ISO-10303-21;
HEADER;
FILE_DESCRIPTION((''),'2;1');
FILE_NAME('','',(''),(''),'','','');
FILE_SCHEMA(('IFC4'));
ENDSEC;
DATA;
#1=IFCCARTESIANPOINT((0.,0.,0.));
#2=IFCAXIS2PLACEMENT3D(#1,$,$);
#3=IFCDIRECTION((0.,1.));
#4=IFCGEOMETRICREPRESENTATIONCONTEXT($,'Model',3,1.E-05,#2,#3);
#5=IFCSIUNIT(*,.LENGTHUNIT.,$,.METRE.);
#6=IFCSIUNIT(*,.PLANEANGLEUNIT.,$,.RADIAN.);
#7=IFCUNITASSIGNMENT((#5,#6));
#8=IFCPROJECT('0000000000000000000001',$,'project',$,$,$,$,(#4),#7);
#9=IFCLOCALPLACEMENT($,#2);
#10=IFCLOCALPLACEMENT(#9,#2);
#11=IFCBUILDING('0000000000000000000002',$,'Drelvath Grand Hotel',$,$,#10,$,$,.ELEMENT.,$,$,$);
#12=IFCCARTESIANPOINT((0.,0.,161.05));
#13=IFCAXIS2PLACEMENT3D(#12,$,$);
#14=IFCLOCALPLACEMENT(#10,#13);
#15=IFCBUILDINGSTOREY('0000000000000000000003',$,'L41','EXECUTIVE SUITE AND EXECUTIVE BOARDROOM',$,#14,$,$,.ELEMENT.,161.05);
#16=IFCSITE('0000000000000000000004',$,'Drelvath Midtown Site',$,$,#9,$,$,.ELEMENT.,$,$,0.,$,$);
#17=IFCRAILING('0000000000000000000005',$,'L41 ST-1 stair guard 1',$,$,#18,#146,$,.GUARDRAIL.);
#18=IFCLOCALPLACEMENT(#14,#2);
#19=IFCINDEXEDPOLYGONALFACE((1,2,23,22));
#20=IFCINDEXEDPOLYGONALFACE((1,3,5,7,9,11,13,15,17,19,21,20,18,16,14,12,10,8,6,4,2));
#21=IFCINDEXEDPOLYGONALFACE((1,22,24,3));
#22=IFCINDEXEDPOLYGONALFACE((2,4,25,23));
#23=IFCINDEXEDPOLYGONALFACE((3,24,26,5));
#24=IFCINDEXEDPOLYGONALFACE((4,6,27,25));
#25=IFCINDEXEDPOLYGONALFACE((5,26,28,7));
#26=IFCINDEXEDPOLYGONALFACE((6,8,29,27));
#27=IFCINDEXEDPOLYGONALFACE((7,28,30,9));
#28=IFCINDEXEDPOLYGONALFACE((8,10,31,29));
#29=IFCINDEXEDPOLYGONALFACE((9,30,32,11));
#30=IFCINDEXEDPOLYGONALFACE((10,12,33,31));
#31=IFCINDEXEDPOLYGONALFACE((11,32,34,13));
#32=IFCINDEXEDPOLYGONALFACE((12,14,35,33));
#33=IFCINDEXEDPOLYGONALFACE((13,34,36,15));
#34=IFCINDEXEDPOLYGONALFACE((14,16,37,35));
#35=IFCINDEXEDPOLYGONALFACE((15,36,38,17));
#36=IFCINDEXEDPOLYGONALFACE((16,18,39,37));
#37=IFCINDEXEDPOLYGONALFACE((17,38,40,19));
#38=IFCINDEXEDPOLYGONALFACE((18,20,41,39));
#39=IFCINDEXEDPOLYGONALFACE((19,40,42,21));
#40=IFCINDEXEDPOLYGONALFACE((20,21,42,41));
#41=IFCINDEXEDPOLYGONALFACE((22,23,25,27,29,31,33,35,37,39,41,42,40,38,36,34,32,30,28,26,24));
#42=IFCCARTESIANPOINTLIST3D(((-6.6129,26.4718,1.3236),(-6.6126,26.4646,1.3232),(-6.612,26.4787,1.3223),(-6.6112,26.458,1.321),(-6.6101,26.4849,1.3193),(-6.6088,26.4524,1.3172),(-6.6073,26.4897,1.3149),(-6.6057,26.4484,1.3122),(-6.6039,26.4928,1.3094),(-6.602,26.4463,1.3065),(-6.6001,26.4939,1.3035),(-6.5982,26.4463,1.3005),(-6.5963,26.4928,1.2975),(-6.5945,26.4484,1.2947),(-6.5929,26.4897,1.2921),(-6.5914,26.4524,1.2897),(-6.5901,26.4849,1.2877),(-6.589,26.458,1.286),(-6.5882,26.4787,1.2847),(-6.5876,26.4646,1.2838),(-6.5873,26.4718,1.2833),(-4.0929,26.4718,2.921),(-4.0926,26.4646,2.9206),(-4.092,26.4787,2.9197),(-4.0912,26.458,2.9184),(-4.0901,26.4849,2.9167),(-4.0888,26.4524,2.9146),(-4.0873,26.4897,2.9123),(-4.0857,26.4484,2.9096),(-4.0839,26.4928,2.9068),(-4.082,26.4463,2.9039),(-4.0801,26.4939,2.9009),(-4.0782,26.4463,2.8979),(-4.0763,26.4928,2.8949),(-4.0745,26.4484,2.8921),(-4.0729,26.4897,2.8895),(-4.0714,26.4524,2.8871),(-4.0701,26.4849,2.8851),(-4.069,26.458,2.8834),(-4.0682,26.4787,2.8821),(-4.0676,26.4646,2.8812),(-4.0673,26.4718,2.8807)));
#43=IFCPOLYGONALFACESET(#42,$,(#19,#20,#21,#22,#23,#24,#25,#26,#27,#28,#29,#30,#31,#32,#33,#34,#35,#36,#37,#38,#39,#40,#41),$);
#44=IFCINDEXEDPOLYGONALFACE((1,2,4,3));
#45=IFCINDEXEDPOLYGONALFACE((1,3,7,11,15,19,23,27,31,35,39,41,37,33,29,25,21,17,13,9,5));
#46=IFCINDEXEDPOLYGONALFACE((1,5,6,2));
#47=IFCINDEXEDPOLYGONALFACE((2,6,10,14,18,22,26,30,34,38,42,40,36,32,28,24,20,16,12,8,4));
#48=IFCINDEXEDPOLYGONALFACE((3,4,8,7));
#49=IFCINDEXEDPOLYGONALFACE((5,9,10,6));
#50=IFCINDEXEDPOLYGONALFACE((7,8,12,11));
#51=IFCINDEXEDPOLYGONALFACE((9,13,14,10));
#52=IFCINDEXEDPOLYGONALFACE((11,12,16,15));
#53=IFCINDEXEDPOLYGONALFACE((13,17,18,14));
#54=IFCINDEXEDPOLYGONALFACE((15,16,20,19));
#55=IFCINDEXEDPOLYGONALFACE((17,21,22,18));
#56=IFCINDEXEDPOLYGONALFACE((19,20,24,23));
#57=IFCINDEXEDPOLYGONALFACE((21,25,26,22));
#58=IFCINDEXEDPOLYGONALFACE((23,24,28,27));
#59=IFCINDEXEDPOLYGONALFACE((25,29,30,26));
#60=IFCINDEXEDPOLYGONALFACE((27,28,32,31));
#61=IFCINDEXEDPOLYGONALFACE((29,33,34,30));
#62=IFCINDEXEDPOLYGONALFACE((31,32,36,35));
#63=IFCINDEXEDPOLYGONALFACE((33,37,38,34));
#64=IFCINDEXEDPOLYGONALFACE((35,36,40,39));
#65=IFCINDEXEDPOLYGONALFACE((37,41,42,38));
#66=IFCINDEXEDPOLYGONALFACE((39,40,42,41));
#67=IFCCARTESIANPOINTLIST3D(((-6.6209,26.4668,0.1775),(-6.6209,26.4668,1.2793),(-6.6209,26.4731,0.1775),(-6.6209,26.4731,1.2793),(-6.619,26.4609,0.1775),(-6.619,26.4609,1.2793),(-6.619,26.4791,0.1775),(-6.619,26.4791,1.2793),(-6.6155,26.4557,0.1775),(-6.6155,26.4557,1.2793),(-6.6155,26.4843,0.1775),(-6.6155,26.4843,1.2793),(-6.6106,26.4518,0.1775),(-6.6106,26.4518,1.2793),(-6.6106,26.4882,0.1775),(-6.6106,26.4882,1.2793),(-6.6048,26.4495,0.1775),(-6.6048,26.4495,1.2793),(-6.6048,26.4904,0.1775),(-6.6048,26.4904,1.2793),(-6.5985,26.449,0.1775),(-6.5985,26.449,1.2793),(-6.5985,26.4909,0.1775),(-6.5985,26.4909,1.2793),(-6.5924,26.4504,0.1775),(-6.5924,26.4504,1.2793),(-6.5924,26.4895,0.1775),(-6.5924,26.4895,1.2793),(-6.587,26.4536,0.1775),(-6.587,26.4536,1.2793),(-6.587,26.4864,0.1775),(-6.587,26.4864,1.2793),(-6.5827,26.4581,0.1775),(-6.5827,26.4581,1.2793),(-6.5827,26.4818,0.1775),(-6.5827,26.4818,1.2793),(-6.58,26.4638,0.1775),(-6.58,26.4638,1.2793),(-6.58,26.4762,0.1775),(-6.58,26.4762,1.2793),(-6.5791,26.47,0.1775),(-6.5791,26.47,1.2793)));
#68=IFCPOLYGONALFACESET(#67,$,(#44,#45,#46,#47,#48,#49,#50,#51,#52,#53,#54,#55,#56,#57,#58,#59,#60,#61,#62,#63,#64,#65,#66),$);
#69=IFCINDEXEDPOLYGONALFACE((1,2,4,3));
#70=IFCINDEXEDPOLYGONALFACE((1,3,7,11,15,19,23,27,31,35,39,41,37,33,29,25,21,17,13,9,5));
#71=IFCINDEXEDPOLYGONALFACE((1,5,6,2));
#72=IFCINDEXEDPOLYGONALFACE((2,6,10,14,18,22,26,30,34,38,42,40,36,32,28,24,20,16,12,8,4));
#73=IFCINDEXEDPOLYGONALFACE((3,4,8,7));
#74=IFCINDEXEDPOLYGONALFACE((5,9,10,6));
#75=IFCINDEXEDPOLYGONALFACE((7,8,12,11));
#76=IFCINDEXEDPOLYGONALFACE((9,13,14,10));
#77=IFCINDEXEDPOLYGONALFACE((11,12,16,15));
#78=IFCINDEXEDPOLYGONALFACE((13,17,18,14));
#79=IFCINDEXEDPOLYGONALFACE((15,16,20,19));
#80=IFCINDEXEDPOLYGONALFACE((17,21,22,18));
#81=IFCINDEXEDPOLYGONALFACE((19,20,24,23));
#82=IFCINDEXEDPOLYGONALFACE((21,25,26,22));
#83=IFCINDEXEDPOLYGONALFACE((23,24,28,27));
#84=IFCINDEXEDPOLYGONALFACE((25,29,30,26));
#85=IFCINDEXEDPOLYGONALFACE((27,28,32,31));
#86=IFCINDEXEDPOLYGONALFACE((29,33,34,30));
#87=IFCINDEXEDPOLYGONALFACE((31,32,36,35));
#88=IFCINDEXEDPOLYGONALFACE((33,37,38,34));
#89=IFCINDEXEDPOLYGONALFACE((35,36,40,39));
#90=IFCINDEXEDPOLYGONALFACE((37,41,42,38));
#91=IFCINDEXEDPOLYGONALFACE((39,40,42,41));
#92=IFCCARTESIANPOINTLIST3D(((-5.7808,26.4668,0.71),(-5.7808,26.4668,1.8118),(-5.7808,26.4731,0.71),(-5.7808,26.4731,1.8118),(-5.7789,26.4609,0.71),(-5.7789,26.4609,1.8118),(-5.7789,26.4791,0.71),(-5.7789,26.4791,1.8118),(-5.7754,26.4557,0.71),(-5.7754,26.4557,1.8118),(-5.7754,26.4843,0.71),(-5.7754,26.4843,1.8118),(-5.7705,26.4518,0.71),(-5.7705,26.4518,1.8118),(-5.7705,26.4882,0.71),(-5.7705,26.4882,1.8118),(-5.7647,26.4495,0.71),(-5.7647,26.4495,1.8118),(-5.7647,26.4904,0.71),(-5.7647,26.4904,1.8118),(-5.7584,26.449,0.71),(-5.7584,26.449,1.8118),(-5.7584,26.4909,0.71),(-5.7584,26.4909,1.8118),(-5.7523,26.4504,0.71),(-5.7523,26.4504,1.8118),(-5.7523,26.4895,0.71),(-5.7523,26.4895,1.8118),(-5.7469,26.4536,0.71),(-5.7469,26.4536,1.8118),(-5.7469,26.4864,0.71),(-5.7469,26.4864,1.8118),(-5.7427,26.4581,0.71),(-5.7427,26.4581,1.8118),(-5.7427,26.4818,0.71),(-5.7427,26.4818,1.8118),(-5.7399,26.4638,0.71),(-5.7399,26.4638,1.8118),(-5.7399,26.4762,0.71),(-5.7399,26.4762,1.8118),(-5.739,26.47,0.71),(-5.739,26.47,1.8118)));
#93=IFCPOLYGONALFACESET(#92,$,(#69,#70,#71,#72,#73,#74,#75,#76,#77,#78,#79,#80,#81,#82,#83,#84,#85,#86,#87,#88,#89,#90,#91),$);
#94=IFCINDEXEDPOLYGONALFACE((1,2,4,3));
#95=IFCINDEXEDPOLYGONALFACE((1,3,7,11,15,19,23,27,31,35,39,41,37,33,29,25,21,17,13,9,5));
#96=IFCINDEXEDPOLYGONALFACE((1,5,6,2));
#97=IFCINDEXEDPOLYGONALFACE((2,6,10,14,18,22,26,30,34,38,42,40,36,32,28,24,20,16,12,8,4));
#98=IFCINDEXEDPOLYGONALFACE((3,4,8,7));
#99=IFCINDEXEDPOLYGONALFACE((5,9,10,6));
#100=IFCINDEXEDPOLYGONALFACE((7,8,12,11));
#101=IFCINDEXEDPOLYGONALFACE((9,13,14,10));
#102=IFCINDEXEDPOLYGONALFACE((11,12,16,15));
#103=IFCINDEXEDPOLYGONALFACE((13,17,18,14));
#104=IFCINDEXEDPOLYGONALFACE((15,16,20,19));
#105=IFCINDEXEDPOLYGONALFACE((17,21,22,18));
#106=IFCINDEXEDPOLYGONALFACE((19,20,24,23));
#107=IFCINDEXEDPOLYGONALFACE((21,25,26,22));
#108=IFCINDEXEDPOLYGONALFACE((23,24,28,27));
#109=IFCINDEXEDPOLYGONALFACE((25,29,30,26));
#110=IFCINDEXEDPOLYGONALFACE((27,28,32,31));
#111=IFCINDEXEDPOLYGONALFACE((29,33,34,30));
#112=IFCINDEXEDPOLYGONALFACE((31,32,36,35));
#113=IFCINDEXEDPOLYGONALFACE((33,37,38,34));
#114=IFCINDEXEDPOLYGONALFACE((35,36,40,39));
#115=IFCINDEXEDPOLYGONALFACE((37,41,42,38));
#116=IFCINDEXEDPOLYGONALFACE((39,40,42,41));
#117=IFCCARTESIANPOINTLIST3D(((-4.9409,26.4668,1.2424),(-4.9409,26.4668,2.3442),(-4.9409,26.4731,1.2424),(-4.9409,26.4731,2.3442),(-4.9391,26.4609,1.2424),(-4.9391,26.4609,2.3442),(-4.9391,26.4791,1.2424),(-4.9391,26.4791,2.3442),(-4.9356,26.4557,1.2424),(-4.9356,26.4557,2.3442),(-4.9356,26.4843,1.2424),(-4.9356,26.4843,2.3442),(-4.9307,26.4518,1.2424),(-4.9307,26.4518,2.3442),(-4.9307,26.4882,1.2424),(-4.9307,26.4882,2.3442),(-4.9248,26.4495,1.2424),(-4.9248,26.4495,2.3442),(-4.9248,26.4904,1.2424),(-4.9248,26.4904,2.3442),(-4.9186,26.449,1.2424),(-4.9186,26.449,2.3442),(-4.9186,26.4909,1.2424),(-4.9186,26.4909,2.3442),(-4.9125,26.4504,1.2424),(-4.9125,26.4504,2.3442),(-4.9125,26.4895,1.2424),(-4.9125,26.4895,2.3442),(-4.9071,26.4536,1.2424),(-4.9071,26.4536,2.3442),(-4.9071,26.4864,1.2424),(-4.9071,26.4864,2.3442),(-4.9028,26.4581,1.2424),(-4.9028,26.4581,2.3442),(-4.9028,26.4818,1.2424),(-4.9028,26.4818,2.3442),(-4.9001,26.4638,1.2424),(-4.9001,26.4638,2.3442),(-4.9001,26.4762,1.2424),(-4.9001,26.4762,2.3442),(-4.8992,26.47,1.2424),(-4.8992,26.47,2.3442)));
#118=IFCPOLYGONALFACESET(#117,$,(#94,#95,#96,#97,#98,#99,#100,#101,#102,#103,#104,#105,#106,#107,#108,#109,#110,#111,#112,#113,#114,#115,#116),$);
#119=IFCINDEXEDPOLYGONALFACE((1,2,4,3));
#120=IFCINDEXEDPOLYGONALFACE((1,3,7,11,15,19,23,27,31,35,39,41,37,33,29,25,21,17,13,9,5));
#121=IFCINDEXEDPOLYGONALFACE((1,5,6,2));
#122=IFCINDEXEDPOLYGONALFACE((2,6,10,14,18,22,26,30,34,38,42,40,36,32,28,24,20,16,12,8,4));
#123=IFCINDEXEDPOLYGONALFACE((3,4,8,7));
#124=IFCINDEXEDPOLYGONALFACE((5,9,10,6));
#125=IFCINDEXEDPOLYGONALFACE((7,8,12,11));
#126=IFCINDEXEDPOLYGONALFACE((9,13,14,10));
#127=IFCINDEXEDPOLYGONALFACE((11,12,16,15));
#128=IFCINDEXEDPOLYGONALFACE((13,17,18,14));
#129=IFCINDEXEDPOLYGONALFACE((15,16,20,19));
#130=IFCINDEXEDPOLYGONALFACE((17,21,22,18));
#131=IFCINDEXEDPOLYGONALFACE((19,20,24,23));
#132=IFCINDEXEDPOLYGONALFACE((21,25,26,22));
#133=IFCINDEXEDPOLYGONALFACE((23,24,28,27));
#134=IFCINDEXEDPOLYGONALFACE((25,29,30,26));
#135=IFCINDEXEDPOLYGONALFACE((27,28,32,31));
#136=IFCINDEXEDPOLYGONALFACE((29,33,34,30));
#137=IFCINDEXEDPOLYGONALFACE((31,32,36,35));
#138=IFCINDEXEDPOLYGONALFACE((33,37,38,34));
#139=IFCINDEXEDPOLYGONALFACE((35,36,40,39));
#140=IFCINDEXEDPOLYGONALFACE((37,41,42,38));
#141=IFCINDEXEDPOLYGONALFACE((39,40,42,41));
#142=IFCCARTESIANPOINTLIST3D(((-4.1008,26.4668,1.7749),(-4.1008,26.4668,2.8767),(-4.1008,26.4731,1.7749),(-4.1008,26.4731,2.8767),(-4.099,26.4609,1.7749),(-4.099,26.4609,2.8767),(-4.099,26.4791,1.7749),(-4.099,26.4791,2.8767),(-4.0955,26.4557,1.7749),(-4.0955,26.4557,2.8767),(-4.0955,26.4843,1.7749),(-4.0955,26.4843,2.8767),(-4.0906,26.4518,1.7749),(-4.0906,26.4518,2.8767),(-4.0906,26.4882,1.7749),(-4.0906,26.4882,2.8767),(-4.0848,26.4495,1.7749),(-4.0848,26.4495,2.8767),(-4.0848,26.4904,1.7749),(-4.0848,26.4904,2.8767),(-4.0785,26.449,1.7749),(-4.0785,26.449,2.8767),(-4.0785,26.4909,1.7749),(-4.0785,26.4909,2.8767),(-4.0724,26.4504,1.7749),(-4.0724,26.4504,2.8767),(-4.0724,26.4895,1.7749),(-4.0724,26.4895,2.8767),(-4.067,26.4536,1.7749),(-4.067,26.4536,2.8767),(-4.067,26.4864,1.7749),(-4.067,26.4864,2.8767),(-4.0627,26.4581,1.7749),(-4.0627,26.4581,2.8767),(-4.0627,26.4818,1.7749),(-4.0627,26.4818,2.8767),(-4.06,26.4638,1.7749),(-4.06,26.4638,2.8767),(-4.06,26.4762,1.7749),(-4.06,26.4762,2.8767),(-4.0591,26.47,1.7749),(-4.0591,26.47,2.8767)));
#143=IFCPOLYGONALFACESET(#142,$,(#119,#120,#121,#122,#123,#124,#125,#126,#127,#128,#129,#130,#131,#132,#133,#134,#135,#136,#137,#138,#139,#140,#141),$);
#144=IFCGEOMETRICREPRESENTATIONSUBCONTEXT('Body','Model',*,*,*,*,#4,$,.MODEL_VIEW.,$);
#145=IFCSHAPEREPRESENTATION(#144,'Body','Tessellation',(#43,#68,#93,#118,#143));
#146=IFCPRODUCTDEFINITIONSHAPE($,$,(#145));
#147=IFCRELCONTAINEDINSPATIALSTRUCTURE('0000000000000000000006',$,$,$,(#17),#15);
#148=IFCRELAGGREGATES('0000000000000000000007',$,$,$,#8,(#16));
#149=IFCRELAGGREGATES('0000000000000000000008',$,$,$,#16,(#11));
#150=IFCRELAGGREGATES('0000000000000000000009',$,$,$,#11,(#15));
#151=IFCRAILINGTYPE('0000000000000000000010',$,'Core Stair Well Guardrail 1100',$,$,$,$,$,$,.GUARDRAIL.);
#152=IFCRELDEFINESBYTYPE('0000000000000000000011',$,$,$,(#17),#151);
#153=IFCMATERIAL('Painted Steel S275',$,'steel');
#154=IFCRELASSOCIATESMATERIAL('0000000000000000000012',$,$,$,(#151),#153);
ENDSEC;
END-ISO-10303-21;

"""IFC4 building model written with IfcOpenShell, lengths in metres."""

from ifc_helpers import new_model, si_unit, direction, frame, origin, origin_2d, place, context, subcontext, project, spatial, circle, extrude, material, type_object, element, save


model = new_model("IFC4")

# Units and contexts
model_context = context("Model", 3, precision=1e-05, world=origin(), true_north=direction((0.0, 1.0)))
body_context = subcontext(model_context, "Body", "Model", "MODEL_VIEW")
ifc_project = project(units=[si_unit("LENGTHUNIT", "METRE"), si_unit("PLANEANGLEUNIT", "RADIAN")], contexts=[model_context])

# Site, building, storey
site_placement = place(None, origin())
site = spatial("IfcSite", under=ifc_project, at=site_placement, Name="Drelvath Midtown Site", CompositionType="ELEMENT", RefElevation=0.0)
building_placement = place(site_placement, origin())
building = spatial("IfcBuilding", under=site, at=building_placement, Name="Drelvath Grand Hotel", CompositionType="ELEMENT")
storey_placement = place(building_placement, frame((0.0, 0.0, 161.05)))
storey = spatial("IfcBuildingStorey", under=building, at=storey_placement, Name="L41", Description="EXECUTIVE SUITE AND EXECUTIVE BOARDROOM", CompositionType="ELEMENT", Elevation=161.05)

# Shared definitions
ifc_material_1 = material(Name="Painted Steel S275", Category="steel")

# Railing
railing_type_1 = type_object("IfcRailingType", Name="Core Stair Well Guardrail 1100", PredefinedType="GUARDRAIL", material=ifc_material_1)
railing_1_placement = place(storey_placement, frame((-6.6001, 26.47, 0.1775)))
element("IfcRailing", 1, at=railing_1_placement, inside=storey, type_object=railing_type_1, Name="L41 ST-1 stair guard 1", PredefinedType="GUARDRAIL", context=body_context, shape_type="SweptSolid", body=[
    extrude(circle(Radius=0.0239, at=origin_2d()), frame((0.0, 0.0, 1.126), z_axis=(0.844607, 0.0, 0.535387), x_axis=(0.0, 1.0, 0.0)), (0.0, 0.0, 1.0), 2.9836),
    extrude(circle(Radius=0.021, at=origin_2d()), origin(), (0.0, 0.0, 1.0), 1.1018),
    extrude(circle(Radius=0.021, at=origin_2d()), frame((0.8401, 0.0, 0.5325)), (0.0, 0.0, 1.0), 1.1018),
    extrude(circle(Radius=0.021, at=origin_2d()), frame((1.6799, 0.0, 1.0649)), (0.0, 0.0, 1.0), 1.1018),
    extrude(circle(Radius=0.021, at=origin_2d()), frame((2.52, 0.0, 1.5974)), (0.0, 0.0, 1.0), 1.1018),
])

save(model, "model.ifc")
